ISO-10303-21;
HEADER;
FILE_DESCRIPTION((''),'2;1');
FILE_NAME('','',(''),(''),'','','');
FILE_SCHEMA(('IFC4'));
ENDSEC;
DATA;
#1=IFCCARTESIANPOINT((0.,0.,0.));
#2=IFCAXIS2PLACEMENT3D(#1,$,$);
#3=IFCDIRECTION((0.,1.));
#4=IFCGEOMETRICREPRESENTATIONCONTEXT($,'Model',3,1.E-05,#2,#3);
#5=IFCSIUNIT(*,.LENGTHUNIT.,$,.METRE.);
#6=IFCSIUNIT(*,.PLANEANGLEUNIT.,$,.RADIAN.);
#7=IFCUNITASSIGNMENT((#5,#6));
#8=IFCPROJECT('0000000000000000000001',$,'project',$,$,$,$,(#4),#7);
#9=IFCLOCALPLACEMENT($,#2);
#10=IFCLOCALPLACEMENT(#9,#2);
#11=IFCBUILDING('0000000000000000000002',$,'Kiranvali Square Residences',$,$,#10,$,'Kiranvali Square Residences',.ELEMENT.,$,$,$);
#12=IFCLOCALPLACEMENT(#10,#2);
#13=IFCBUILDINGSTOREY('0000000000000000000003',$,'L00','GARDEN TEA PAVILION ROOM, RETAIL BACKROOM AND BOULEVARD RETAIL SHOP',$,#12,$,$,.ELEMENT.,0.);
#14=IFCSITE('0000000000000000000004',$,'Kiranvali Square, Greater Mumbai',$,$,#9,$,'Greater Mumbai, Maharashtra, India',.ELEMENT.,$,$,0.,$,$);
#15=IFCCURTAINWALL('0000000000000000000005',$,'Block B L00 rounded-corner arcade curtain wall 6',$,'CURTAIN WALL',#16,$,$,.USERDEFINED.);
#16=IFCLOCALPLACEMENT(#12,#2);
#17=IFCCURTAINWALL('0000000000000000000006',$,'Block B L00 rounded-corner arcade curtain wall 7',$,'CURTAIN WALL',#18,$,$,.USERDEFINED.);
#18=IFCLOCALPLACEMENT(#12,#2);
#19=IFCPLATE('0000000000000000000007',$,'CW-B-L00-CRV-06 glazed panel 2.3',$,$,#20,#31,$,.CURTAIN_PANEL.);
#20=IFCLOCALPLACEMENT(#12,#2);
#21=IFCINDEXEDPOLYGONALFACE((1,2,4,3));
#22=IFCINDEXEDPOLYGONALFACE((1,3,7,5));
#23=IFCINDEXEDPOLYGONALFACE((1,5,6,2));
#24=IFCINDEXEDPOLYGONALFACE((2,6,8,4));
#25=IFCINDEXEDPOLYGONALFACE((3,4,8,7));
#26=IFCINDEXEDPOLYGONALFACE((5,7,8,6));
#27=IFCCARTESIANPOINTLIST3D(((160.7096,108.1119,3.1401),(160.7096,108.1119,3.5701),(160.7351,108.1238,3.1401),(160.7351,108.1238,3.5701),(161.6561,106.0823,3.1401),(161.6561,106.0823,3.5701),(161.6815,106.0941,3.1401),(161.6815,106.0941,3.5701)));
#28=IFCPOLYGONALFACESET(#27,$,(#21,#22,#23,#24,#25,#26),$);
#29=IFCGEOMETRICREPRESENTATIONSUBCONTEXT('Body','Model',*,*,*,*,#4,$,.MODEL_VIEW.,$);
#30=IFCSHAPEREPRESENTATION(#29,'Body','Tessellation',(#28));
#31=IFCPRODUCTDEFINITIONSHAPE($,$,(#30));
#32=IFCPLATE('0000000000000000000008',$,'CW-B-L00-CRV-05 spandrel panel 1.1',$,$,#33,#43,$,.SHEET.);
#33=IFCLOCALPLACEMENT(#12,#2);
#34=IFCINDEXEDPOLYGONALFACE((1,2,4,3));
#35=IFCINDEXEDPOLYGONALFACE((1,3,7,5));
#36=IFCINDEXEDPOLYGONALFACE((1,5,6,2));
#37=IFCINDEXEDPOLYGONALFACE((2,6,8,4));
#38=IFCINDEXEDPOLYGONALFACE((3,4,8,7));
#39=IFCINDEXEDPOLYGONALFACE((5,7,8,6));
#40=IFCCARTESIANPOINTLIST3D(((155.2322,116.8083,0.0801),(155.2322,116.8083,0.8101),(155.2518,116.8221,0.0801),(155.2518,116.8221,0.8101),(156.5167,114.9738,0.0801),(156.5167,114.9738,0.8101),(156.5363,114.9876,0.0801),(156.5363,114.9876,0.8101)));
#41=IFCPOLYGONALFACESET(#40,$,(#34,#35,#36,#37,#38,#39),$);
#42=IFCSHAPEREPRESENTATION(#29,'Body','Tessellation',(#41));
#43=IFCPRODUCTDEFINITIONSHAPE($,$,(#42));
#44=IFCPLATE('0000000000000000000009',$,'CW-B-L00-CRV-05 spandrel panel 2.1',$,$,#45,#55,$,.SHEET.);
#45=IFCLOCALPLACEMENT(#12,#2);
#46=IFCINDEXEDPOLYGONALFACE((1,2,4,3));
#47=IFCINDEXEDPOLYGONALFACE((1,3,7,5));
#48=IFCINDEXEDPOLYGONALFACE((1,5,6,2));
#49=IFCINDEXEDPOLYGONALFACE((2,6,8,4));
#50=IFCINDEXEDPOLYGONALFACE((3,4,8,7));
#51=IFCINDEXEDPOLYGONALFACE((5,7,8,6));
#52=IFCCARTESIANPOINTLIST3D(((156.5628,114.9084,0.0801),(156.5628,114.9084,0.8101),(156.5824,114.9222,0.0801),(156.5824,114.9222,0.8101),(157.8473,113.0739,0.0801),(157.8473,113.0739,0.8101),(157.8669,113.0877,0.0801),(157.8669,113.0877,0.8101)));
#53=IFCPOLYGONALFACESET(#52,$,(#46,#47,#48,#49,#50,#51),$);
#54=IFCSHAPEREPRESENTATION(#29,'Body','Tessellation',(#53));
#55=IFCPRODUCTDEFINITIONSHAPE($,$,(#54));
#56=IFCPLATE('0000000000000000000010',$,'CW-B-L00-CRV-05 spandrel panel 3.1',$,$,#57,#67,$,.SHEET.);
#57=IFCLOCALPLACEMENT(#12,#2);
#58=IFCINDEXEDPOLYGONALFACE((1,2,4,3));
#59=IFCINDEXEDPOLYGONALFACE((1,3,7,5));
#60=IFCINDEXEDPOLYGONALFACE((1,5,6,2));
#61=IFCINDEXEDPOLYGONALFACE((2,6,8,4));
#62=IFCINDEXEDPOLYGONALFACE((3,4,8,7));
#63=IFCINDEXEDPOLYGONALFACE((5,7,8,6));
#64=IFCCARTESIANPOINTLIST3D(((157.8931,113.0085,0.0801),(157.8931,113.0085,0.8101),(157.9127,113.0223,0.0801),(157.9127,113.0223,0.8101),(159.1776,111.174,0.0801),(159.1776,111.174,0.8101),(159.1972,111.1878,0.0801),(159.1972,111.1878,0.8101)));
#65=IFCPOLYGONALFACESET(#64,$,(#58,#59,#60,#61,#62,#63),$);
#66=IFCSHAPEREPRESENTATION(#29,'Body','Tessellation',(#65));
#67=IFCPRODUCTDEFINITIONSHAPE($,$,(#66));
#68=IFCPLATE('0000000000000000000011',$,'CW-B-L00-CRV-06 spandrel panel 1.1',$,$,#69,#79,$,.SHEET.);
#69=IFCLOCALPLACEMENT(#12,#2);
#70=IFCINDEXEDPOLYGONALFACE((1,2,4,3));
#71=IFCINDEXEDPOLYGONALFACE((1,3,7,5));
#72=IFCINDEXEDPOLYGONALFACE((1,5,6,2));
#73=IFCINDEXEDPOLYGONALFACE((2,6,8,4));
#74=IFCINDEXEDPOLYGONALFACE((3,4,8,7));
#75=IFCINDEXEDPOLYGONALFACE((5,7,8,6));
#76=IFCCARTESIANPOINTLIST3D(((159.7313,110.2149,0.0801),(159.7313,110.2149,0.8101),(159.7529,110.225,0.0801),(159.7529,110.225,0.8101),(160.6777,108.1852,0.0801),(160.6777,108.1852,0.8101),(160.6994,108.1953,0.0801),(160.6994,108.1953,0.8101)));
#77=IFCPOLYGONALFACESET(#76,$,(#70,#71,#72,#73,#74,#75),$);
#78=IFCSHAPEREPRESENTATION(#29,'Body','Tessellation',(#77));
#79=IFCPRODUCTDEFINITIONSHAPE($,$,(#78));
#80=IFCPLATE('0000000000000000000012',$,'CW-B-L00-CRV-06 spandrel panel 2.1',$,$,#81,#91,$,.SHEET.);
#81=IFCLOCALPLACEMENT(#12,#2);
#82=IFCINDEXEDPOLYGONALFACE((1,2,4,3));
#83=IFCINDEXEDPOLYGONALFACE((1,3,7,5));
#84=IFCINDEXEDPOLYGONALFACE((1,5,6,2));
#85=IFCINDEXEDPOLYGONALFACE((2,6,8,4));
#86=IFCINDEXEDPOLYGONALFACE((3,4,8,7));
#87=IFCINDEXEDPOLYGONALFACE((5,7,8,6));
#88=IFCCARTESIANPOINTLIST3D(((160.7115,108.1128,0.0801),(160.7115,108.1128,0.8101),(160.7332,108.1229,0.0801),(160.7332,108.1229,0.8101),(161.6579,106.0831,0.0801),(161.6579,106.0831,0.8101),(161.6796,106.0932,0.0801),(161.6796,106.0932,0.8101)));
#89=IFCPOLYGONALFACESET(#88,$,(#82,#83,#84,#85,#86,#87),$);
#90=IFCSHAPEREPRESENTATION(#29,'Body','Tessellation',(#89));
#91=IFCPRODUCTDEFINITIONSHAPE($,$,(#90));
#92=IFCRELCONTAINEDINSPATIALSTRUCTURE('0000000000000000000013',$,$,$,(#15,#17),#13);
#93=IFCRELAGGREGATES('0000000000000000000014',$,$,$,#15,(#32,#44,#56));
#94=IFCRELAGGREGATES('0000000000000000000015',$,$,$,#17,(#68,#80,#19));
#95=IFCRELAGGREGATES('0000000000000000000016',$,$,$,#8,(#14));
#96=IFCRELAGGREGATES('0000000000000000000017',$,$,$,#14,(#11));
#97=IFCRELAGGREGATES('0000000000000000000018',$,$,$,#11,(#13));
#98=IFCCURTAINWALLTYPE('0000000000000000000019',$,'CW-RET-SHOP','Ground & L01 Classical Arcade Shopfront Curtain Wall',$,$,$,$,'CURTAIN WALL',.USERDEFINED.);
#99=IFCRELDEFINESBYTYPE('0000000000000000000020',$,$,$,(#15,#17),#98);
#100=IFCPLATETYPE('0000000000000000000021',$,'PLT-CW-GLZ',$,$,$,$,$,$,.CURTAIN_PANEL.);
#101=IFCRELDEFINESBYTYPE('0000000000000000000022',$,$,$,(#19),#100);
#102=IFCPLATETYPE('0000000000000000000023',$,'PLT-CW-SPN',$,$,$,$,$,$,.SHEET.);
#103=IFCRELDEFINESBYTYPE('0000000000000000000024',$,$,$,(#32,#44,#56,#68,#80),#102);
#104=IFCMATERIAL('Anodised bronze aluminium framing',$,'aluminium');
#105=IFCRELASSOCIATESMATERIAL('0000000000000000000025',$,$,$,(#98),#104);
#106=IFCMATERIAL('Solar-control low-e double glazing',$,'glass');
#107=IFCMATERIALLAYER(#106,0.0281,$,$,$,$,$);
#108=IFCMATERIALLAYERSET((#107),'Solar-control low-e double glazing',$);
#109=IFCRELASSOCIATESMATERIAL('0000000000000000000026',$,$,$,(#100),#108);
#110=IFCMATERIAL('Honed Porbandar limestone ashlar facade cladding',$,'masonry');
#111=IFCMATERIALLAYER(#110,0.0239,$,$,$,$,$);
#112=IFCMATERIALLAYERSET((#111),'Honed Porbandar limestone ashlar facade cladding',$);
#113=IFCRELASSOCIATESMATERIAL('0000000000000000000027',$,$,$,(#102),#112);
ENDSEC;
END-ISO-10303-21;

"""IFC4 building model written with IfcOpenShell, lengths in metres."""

from ifc_helpers import new_model, si_unit, direction, frame, origin, origin_2d, place, context, subcontext, project, spatial, rectangle, extrude, material, layer, layer_set, type_object, element, aggregate, save


model = new_model("IFC4")

# Units and contexts
model_context = context("Model", 3, precision=1e-05, world=origin(), true_north=direction((0.0, 1.0)))
body_context = subcontext(model_context, "Body", "Model", "MODEL_VIEW")
ifc_project = project(units=[si_unit("LENGTHUNIT", "METRE"), si_unit("PLANEANGLEUNIT", "RADIAN")], contexts=[model_context])

# Site, building, storey
site_placement = place(None, origin())
site = spatial("IfcSite", under=ifc_project, at=site_placement, Name="Kiranvali Square, Greater Mumbai", LongName="Greater Mumbai, Maharashtra, India", CompositionType="ELEMENT", RefElevation=0.0)
building_placement = place(site_placement, origin())
building = spatial("IfcBuilding", under=site, at=building_placement, Name="Kiranvali Square Residences", LongName="Kiranvali Square Residences", CompositionType="ELEMENT")
storey_placement = place(building_placement, origin())
storey = spatial("IfcBuildingStorey", under=building, at=storey_placement, Name="L00", Description="GARDEN TEA PAVILION ROOM, RETAIL BACKROOM AND BOULEVARD RETAIL SHOP", CompositionType="ELEMENT", Elevation=0.0)

# Curtain walls
ifc_material_1 = material(Name="Anodised bronze aluminium framing", Category="aluminium")
curtain_wall_type = type_object("IfcCurtainWallType", Name="CW-RET-SHOP", Description="Ground & L01 Classical Arcade Shopfront Curtain Wall", ElementType="CURTAIN WALL", PredefinedType="USERDEFINED", material=ifc_material_1)
curtain_wall_1_placement = place(storey_placement, origin())
curtain_wall_1 = element("IfcCurtainWall", 1, at=curtain_wall_1_placement, inside=storey, type_object=curtain_wall_type, Name="Block B L00 rounded-corner arcade curtain wall 6", ObjectType="CURTAIN WALL", PredefinedType="USERDEFINED")
curtain_wall_2_placement = place(storey_placement, origin())
curtain_wall_2 = element("IfcCurtainWall", 2, at=curtain_wall_2_placement, inside=storey, type_object=curtain_wall_type, Name="Block B L00 rounded-corner arcade curtain wall 7", ObjectType="CURTAIN WALL", PredefinedType="USERDEFINED")

# Plates
ifc_material_2 = material(Name="Solar-control low-e double glazing", Category="glass")
ifc_layer_1 = layer(ifc_material_2, 0.0281)
ifc_layer_set_1 = layer_set([ifc_layer_1], Name="Solar-control low-e double glazing")
plate_type_1 = type_object("IfcPlateType", Name="PLT-CW-GLZ", PredefinedType="CURTAIN_PANEL", material=ifc_layer_set_1)
plate_1_placement = place(storey_placement, frame((161.1956, 107.103, 3.1401), z_axis=(0.0, 0.0, 1.0), x_axis=(0.422618, -0.906308, 0.0)))
plate_1 = element("IfcPlate", 3, at=plate_1_placement, type_object=plate_type_1, Name="CW-B-L00-CRV-06 glazed panel 2.3", PredefinedType="CURTAIN_PANEL", context=body_context, shape_type="SweptSolid", body=[
    extrude(rectangle(XDim=2.2395, YDim=0.0281, at=origin_2d()), origin(), (0.0, 0.0, 1.0), 0.4299),
])
ifc_material_3 = material(Name="Honed Porbandar limestone ashlar facade cladding", Category="masonry")
ifc_layer_2 = layer(ifc_material_3, 0.0239)
ifc_layer_set_2 = layer_set([ifc_layer_2], Name="Honed Porbandar limestone ashlar facade cladding")
plate_type_2 = type_object("IfcPlateType", Name="PLT-CW-SPN", PredefinedType="SHEET", material=ifc_layer_set_2)
plate_2_placement = place(storey_placement, frame((155.8843, 115.8979, 0.0801), z_axis=(0.0, 0.0, 1.0), x_axis=(0.573576, -0.819152, 0.0)))
plate_2 = element("IfcPlate", 4, at=plate_2_placement, type_object=plate_type_2, Name="CW-B-L00-CRV-05 spandrel panel 1.1", PredefinedType="SHEET", context=body_context, shape_type="SweptSolid", body=[
    extrude(rectangle(XDim=2.2395, YDim=0.0239, at=origin_2d()), origin(), (0.0, 0.0, 1.0), 0.73),
])
plate_3_placement = place(storey_placement, frame((157.2148, 113.998, 0.0801), z_axis=(0.0, 0.0, 1.0), x_axis=(0.573576, -0.819152, 0.0)))
plate_3 = element("IfcPlate", 5, at=plate_3_placement, type_object=plate_type_2, Name="CW-B-L00-CRV-05 spandrel panel 2.1", PredefinedType="SHEET", context=body_context, shape_type="SweptSolid", body=[
    extrude(rectangle(XDim=2.2395, YDim=0.0239, at=origin_2d()), origin(), (0.0, 0.0, 1.0), 0.73),
])
plate_4_placement = place(storey_placement, frame((158.5452, 112.0981, 0.0801), z_axis=(0.0, 0.0, 1.0), x_axis=(0.573576, -0.819152, 0.0)))
plate_4 = element("IfcPlate", 6, at=plate_4_placement, type_object=plate_type_2, Name="CW-B-L00-CRV-05 spandrel panel 3.1", PredefinedType="SHEET", context=body_context, shape_type="SweptSolid", body=[
    extrude(rectangle(XDim=2.2395, YDim=0.0239, at=origin_2d()), origin(), (0.0, 0.0, 1.0), 0.73),
])
aggregate(curtain_wall_1, [plate_2, plate_3, plate_4])
plate_5_placement = place(storey_placement, frame((160.2153, 109.2051, 0.0801), z_axis=(0.0, 0.0, 1.0), x_axis=(0.422618, -0.906308, 0.0)))
plate_5 = element("IfcPlate", 7, at=plate_5_placement, type_object=plate_type_2, Name="CW-B-L00-CRV-06 spandrel panel 1.1", PredefinedType="SHEET", context=body_context, shape_type="SweptSolid", body=[
    extrude(rectangle(XDim=2.2395, YDim=0.0239, at=origin_2d()), origin(), (0.0, 0.0, 1.0), 0.73),
])
plate_6_placement = place(storey_placement, frame((161.1956, 107.103, 0.0801), z_axis=(0.0, 0.0, 1.0), x_axis=(0.422618, -0.906308, 0.0)))
plate_6 = element("IfcPlate", 8, at=plate_6_placement, type_object=plate_type_2, Name="CW-B-L00-CRV-06 spandrel panel 2.1", PredefinedType="SHEET", context=body_context, shape_type="SweptSolid", body=[
    extrude(rectangle(XDim=2.2395, YDim=0.0239, at=origin_2d()), origin(), (0.0, 0.0, 1.0), 0.73),
])
aggregate(curtain_wall_2, [plate_5, plate_6, plate_1])

save(model, "model.ifc")
